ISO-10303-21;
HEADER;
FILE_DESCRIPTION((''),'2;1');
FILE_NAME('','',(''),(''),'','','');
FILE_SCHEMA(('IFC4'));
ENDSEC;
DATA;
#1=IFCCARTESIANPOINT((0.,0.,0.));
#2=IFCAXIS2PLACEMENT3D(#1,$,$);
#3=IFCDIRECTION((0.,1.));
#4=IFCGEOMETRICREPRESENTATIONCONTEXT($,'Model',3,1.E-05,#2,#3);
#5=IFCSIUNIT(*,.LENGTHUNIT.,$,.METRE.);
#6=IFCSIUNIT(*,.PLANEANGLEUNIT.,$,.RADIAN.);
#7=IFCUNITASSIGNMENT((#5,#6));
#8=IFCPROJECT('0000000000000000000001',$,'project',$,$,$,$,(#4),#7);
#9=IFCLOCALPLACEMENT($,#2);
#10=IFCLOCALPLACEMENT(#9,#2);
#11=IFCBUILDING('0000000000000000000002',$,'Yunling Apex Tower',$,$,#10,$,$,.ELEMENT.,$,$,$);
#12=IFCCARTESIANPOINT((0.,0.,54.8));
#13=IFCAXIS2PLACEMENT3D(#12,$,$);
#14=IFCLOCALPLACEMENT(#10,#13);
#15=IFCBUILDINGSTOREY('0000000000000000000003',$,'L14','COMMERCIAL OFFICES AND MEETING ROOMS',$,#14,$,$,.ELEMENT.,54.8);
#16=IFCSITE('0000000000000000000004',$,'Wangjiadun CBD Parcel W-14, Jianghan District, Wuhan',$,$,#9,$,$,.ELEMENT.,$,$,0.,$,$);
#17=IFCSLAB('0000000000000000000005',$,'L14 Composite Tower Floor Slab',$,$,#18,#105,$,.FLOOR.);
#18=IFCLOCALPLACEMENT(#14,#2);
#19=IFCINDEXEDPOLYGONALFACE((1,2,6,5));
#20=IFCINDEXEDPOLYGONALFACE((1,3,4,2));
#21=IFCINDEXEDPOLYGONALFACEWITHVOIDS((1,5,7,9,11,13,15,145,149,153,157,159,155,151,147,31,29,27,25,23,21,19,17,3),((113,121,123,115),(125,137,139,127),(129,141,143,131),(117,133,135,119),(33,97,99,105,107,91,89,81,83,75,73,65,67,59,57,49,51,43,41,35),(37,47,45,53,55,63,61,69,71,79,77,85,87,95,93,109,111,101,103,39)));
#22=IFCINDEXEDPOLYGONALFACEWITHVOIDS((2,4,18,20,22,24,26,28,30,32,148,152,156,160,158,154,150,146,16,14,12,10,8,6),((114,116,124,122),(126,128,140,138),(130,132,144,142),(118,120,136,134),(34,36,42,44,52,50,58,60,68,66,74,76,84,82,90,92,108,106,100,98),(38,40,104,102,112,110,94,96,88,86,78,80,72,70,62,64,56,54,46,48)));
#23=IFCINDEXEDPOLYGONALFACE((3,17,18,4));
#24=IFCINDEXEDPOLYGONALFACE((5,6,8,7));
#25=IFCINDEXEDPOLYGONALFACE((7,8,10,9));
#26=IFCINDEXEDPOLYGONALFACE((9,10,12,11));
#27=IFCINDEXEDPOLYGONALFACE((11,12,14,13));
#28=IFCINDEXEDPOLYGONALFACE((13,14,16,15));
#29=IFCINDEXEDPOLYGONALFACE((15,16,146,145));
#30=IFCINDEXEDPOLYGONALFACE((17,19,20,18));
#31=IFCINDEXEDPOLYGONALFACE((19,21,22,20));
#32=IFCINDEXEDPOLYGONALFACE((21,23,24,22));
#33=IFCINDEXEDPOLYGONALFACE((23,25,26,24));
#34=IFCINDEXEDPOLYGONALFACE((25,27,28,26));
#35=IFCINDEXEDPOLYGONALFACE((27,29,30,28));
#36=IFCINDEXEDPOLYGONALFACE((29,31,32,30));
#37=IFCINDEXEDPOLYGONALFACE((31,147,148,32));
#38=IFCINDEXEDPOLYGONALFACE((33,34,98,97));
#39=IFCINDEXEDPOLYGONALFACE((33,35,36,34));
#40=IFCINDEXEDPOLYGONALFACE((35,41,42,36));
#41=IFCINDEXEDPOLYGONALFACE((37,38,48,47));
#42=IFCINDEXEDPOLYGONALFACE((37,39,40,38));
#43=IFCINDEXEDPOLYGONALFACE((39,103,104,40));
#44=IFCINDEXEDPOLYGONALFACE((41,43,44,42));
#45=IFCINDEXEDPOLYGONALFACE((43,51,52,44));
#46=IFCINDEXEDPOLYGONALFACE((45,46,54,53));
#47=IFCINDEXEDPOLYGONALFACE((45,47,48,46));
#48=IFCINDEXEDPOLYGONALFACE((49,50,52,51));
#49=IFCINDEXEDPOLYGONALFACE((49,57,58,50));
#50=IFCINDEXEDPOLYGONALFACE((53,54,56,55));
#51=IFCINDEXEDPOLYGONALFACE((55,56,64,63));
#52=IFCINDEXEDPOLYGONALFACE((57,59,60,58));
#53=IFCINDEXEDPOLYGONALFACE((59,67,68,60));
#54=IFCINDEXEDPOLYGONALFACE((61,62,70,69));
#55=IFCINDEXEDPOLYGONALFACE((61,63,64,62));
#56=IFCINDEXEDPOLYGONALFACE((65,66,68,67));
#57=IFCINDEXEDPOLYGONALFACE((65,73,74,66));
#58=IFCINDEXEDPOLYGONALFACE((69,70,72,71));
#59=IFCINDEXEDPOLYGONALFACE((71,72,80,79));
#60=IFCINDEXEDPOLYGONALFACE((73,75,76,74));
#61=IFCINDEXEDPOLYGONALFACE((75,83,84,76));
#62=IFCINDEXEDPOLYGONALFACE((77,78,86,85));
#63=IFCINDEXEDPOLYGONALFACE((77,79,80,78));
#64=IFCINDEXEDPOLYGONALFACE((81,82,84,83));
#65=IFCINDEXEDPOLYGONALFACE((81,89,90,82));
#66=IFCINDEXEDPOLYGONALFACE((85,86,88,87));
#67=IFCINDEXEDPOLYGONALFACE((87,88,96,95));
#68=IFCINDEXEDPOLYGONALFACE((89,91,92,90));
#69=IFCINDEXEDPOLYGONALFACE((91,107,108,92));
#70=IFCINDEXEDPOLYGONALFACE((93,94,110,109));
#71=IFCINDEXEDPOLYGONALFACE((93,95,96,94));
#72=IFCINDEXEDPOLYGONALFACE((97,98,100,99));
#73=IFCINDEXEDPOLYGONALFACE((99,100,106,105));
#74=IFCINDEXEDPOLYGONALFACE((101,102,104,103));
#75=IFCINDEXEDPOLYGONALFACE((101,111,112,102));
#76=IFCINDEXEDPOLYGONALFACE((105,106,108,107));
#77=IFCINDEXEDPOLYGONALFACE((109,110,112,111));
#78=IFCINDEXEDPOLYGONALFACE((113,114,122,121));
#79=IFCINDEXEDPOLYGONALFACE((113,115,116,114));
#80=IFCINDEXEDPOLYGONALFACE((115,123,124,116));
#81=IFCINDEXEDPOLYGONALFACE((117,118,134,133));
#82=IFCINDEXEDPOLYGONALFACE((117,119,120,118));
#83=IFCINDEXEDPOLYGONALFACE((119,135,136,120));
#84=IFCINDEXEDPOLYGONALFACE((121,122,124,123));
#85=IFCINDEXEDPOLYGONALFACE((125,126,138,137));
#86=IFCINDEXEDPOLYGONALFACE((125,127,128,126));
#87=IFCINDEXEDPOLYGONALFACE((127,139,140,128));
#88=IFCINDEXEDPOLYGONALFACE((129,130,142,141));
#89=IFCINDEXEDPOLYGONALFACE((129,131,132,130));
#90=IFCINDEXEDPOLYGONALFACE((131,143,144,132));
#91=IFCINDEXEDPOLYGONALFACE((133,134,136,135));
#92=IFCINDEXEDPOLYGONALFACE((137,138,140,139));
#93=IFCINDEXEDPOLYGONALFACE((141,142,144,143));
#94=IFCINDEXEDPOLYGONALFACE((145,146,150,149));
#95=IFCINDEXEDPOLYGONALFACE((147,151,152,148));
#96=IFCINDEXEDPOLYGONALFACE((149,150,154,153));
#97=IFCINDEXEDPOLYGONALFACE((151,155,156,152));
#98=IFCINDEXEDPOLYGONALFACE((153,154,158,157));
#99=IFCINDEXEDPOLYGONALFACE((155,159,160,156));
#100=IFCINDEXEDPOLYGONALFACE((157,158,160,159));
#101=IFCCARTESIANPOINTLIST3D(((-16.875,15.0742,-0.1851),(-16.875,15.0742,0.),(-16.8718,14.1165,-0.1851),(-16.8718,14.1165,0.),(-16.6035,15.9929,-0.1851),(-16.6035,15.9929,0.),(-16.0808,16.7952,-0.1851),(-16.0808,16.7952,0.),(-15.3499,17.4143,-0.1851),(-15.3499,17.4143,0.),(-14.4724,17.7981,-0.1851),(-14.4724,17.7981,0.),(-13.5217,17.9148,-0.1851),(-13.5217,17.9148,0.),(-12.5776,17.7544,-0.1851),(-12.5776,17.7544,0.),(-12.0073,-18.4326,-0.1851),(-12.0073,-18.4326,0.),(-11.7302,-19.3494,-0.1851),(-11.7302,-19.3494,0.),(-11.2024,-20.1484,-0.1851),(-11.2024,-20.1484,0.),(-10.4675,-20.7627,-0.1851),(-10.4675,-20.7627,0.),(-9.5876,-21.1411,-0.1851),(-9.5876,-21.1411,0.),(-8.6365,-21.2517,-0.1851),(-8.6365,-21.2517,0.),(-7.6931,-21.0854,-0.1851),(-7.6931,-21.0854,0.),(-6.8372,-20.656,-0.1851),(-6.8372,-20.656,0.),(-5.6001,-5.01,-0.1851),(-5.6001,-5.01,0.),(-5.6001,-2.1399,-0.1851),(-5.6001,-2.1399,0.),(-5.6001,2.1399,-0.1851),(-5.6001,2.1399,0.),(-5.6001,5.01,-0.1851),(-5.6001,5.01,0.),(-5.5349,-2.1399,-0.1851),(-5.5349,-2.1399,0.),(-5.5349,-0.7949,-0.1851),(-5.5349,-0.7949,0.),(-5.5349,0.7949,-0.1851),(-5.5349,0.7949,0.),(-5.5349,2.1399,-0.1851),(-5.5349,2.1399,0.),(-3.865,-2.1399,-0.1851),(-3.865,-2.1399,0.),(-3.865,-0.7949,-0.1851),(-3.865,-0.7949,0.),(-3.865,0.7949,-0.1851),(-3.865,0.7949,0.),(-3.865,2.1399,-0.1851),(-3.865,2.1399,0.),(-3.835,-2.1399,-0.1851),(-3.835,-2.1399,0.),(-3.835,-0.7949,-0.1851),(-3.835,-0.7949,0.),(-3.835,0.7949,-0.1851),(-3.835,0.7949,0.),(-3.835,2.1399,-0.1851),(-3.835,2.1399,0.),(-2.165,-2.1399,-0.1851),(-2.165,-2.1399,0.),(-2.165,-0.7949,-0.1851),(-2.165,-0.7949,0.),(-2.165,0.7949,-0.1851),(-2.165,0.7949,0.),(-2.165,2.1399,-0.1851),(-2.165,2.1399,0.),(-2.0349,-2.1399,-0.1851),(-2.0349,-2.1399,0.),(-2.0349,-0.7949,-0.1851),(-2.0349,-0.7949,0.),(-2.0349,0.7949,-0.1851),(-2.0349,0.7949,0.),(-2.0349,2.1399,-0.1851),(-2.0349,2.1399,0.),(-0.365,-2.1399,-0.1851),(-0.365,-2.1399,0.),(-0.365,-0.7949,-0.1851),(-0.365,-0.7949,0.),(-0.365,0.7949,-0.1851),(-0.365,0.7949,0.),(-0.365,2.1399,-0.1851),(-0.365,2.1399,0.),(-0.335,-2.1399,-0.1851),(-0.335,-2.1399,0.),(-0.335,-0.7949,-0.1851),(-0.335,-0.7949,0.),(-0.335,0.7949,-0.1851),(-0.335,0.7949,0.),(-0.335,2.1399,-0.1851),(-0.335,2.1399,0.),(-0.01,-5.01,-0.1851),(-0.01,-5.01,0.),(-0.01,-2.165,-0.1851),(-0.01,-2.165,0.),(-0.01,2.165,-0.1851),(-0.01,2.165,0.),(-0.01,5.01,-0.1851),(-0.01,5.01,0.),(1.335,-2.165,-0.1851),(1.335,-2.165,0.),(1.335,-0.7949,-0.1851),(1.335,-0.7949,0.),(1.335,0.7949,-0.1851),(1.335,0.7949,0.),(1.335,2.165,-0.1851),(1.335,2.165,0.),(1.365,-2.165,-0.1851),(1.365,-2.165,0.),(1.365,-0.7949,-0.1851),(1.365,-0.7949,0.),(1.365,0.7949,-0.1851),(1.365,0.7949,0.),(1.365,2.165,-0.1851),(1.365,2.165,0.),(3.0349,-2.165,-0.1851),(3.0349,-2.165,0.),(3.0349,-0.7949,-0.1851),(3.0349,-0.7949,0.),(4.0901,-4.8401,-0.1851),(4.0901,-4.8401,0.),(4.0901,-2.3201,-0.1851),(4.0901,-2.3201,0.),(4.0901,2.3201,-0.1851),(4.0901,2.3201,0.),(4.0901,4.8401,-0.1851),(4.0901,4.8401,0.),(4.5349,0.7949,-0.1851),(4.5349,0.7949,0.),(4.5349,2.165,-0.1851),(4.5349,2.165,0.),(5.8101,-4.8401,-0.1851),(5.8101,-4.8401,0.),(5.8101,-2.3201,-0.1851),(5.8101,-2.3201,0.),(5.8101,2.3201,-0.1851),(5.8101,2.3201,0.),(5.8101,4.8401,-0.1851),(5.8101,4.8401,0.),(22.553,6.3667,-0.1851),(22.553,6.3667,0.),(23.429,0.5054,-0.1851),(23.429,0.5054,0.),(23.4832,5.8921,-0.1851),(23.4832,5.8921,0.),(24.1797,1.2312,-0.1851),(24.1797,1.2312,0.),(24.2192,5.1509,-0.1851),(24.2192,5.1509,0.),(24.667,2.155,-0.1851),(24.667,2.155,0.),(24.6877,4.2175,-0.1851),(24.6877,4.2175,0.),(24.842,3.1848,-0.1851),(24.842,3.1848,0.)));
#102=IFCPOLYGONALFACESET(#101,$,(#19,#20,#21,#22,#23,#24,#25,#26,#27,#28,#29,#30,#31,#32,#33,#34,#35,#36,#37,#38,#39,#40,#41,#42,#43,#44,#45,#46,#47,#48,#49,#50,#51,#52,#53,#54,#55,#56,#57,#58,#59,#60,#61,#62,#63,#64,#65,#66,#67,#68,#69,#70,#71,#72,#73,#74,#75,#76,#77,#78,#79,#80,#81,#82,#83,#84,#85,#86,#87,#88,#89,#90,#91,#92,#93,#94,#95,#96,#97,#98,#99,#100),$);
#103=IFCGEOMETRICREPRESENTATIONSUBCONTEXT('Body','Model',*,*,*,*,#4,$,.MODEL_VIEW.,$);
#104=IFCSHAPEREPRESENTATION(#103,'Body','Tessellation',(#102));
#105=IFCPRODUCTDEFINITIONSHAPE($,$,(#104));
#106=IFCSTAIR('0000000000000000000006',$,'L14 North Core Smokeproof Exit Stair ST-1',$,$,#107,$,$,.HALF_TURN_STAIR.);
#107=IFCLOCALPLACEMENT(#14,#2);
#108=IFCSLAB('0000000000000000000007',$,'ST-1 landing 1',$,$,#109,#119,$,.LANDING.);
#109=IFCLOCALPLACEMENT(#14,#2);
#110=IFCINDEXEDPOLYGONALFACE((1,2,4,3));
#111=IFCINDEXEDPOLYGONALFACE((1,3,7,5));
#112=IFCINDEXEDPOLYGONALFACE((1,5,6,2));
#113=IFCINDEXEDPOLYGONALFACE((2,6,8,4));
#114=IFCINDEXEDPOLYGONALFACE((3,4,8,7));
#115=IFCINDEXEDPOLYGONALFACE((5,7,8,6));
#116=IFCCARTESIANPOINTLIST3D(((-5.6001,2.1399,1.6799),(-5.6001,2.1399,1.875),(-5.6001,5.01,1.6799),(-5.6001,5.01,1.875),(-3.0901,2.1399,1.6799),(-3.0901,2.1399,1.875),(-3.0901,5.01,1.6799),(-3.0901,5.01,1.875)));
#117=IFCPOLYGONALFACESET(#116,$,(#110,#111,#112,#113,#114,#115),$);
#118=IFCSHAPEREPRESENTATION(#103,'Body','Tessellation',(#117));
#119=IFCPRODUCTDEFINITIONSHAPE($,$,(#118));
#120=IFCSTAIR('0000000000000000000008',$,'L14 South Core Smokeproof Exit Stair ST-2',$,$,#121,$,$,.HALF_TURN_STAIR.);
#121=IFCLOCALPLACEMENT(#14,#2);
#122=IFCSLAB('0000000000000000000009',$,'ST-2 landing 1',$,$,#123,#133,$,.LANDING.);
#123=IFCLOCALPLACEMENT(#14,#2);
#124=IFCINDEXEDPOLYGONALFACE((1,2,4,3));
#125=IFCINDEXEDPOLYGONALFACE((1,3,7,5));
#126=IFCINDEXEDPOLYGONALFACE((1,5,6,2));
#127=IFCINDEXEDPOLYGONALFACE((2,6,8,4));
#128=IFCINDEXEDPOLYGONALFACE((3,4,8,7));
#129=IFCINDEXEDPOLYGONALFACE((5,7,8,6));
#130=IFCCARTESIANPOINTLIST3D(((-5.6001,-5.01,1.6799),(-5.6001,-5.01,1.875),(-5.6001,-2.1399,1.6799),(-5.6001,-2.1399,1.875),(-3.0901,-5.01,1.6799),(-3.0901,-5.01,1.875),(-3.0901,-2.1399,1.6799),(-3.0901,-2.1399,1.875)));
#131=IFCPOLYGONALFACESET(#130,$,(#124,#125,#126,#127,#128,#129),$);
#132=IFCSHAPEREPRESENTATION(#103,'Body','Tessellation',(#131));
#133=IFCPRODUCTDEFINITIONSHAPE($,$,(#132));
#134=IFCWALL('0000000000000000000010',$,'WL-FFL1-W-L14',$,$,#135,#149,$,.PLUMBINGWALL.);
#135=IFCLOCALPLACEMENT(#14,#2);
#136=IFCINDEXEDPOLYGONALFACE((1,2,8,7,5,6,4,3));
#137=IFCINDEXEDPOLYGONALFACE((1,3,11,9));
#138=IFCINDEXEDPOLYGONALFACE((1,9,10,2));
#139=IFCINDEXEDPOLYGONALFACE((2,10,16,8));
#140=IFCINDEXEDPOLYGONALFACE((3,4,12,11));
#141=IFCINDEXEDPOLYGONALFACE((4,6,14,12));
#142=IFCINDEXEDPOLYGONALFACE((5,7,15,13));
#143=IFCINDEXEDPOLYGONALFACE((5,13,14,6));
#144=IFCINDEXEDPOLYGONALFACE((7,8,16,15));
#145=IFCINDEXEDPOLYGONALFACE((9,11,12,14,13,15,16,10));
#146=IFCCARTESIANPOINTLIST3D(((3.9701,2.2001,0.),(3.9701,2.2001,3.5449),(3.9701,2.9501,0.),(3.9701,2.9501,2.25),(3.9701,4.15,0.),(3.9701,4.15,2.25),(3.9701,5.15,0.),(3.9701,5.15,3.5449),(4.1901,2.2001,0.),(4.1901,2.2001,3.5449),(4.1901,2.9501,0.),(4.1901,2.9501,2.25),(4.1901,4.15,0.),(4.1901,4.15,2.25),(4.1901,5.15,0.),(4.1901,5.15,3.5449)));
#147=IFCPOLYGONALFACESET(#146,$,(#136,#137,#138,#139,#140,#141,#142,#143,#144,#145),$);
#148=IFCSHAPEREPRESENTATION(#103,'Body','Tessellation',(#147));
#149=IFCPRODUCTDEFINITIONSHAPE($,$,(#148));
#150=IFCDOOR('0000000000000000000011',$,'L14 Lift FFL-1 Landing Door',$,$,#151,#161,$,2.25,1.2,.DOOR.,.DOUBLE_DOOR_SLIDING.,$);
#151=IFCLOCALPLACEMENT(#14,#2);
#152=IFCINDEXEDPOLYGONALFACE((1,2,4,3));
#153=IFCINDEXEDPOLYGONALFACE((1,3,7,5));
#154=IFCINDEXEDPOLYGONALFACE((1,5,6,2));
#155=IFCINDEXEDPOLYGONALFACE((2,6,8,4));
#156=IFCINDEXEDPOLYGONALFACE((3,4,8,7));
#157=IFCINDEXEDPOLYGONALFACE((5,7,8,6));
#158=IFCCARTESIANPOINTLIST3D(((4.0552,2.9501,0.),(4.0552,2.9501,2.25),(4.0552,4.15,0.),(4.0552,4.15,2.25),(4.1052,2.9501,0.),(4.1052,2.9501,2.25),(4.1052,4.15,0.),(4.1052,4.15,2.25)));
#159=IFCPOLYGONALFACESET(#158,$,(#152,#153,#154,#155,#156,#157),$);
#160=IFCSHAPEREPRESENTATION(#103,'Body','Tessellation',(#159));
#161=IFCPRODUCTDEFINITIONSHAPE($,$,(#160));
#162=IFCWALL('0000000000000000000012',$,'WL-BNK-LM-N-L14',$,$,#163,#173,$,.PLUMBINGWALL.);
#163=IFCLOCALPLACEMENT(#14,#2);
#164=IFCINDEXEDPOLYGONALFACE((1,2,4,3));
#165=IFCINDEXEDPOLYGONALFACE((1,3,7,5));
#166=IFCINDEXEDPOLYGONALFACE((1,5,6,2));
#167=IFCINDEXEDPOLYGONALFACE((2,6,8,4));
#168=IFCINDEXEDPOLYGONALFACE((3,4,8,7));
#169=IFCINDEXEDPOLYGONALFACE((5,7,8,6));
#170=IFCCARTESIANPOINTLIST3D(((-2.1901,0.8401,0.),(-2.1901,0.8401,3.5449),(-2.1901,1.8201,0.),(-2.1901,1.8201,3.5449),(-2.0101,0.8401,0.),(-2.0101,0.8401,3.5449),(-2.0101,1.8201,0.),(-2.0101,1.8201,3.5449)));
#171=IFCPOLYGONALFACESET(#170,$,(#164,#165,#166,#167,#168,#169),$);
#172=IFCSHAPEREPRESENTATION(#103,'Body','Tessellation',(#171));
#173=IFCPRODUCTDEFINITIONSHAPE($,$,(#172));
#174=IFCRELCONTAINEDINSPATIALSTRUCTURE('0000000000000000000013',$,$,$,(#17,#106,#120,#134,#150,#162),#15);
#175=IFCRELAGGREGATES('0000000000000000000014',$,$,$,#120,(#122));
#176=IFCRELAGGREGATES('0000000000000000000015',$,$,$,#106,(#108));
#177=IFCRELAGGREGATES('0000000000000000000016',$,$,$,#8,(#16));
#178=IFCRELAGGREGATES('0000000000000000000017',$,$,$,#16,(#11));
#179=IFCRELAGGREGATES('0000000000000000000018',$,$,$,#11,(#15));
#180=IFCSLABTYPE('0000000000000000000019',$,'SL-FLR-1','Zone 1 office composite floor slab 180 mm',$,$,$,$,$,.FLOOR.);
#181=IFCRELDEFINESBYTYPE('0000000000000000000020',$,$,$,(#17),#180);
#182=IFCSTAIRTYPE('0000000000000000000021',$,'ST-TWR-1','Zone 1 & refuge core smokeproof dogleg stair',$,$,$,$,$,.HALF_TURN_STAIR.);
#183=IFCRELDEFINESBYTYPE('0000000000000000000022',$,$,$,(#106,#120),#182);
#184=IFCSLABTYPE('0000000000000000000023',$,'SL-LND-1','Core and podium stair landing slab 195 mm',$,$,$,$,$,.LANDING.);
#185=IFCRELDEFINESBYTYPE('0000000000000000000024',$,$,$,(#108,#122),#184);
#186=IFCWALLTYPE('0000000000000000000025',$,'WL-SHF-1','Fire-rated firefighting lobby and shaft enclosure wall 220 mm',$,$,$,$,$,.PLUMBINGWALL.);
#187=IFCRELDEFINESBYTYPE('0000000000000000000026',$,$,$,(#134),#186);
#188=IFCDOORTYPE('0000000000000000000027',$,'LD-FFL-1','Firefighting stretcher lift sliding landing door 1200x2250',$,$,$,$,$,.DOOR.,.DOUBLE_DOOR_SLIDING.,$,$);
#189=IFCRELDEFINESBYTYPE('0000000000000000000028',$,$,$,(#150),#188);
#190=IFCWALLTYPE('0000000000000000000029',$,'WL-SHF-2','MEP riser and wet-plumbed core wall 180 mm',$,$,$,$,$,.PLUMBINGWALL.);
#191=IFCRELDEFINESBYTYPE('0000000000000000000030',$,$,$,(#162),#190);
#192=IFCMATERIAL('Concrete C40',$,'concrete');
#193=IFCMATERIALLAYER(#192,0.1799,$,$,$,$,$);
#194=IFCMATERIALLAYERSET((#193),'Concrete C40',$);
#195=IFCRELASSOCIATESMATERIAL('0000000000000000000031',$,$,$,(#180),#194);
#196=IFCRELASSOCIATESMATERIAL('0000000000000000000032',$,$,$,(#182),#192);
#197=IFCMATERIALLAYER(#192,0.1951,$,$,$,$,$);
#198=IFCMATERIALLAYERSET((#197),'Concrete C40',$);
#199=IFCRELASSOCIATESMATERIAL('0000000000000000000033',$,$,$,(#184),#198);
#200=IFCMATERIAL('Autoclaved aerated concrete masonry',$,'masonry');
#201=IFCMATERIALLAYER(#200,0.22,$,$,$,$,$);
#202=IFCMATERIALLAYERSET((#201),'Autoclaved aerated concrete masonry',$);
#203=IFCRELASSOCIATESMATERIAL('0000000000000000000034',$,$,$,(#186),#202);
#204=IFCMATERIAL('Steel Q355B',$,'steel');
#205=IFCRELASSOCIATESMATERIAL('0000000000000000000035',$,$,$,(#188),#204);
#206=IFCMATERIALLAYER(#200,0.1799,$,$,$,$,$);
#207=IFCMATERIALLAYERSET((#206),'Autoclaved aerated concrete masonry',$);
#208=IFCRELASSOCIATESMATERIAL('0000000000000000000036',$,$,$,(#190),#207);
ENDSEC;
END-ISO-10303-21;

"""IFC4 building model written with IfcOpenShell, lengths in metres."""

from ifc_helpers import new_model, si_unit, direction, frame, frame_2d, origin, place, context, subcontext, project, spatial, polyline, rectangle, outline, extrude, material, layer, layer_set, type_object, element, fill, aggregate, save


model = new_model("IFC4")

# Units and contexts
model_context = context("Model", 3, precision=1e-05, world=origin(), true_north=direction((0.0, 1.0)))
body_context = subcontext(model_context, "Body", "Model", "MODEL_VIEW")
ifc_project = project(units=[si_unit("LENGTHUNIT", "METRE"), si_unit("PLANEANGLEUNIT", "RADIAN")], contexts=[model_context])

# Site, building, storey
site_placement = place(None, origin())
site = spatial("IfcSite", under=ifc_project, at=site_placement, Name="Wangjiadun CBD Parcel W-14, Jianghan District, Wuhan", CompositionType="ELEMENT", RefElevation=0.0)
building_placement = place(site_placement, origin())
building = spatial("IfcBuilding", under=site, at=building_placement, Name="Yunling Apex Tower", CompositionType="ELEMENT")
storey_placement = place(building_placement, frame((0.0, 0.0, 54.8)))
storey = spatial("IfcBuildingStorey", under=building, at=storey_placement, Name="L14", Description="COMMERCIAL OFFICES AND MEETING ROOMS", CompositionType="ELEMENT", Elevation=54.8)

# Slab
ifc_material_1 = material(Name="Concrete C40", Category="concrete")
ifc_layer_1 = layer(ifc_material_1, 0.1799)
ifc_layer_set_1 = layer_set([ifc_layer_1], Name="Concrete C40")
slab_type_1 = type_object("IfcSlabType", Name="SL-FLR-1", Description="Zone 1 office composite floor slab 180 mm", PredefinedType="FLOOR", material=ifc_layer_set_1)
slab_1_placement = place(storey_placement, frame((0.0, 0.0, -0.1851)))
element("IfcSlab", 1, at=slab_1_placement, inside=storey, type_object=slab_type_1, Name="L14 Composite Tower Floor Slab", PredefinedType="FLOOR", context=body_context, shape_type="SweptSolid", body=[
    extrude(outline(polyline([(-12.0073, -18.4326), (-11.7302, -19.3494), (-11.2024, -20.1484), (-10.4675, -20.7627), (-9.5876, -21.1411), (-8.6365, -21.2517), (-7.6931, -21.0854), (-6.8372, -20.656), (23.429, 0.5054), (24.1797, 1.2312), (24.667, 2.155), (24.842, 3.1848), (24.6877, 4.2175), (24.2192, 5.1509), (23.4832, 5.8921), (22.553, 6.3667), (-12.5776, 17.7544), (-13.5217, 17.9148), (-14.4724, 17.7981), (-15.3499, 17.4143), (-16.0808, 16.7952), (-16.6035, 15.9929), (-16.875, 15.0742), (-16.8718, 14.1165), (-12.0073, -18.4326)]), holes=[polyline([(5.8101, -2.3201), (5.8101, -4.8401), (4.0901, -4.8401), (4.0901, -2.3201), (5.8101, -2.3201)]), polyline([(5.8101, 4.8401), (5.8101, 2.3201), (4.0901, 2.3201), (4.0901, 4.8401), (5.8101, 4.8401)]), polyline([(1.365, 2.165), (4.5349, 2.165), (4.5349, 0.7949), (1.365, 0.7949), (1.365, 2.165)]), polyline([(3.0349, -0.7949), (3.0349, -2.165), (1.365, -2.165), (1.365, -0.7949), (3.0349, -0.7949)]), polyline([(-5.5349, -0.7949), (-3.865, -0.7949), (-3.865, -2.1399), (-3.835, -2.1399), (-3.835, -0.7949), (-2.165, -0.7949), (-2.165, -2.1399), (-2.0349, -2.1399), (-2.0349, -0.7949), (-0.365, -0.7949), (-0.365, -2.1399), (-0.335, -2.1399), (-0.335, -0.7949), (1.335, -0.7949), (1.335, -2.165), (-0.01, -2.165), (-0.01, -5.01), (-5.6001, -5.01), (-5.6001, -2.1399), (-5.5349, -2.1399), (-5.5349, -0.7949)]), polyline([(-5.6001, 2.1399), (-5.6001, 5.01), (-0.01, 5.01), (-0.01, 2.165), (1.335, 2.165), (1.335, 0.7949), (-0.335, 0.7949), (-0.335, 2.1399), (-0.365, 2.1399), (-0.365, 0.7949), (-2.0349, 0.7949), (-2.0349, 2.1399), (-2.165, 2.1399), (-2.165, 0.7949), (-3.835, 0.7949), (-3.835, 2.1399), (-3.865, 2.1399), (-3.865, 0.7949), (-5.5349, 0.7949), (-5.5349, 2.1399), (-5.6001, 2.1399)])]), origin(), (0.0, 0.0, 1.0), 0.1851),
])

# Stairs, slabs
stair_type = type_object("IfcStairType", Name="ST-TWR-1", Description="Zone 1 & refuge core smokeproof dogleg stair", PredefinedType="HALF_TURN_STAIR", material=ifc_material_1)
stair_1_placement = place(storey_placement, origin())
stair_1 = element("IfcStair", 2, at=stair_1_placement, inside=storey, type_object=stair_type, Name="L14 North Core Smokeproof Exit Stair ST-1", PredefinedType="HALF_TURN_STAIR")
ifc_layer_2 = layer(ifc_material_1, 0.1951)
ifc_layer_set_2 = layer_set([ifc_layer_2], Name="Concrete C40")
slab_type_2 = type_object("IfcSlabType", Name="SL-LND-1", Description="Core and podium stair landing slab 195 mm", PredefinedType="LANDING", material=ifc_layer_set_2)
slab_2_placement = place(storey_placement, frame((0.0, 0.0, 1.6799)))
slab_2 = element("IfcSlab", 3, at=slab_2_placement, type_object=slab_type_2, Name="ST-1 landing 1", PredefinedType="LANDING", context=body_context, shape_type="SweptSolid", body=[
    extrude(outline(polyline([(-3.0901, 5.01), (-5.6001, 5.01), (-5.6001, 2.1399), (-3.0901, 2.1399), (-3.0901, 5.01)])), origin(), (0.0, 0.0, 1.0), 0.1951),
])
stair_2_placement = place(storey_placement, origin())
stair_2 = element("IfcStair", 4, at=stair_2_placement, inside=storey, type_object=stair_type, Name="L14 South Core Smokeproof Exit Stair ST-2", PredefinedType="HALF_TURN_STAIR")
slab_3_placement = place(storey_placement, frame((0.0, 0.0, 1.6799)))
slab_3 = element("IfcSlab", 5, at=slab_3_placement, type_object=slab_type_2, Name="ST-2 landing 1", PredefinedType="LANDING", context=body_context, shape_type="SweptSolid", body=[
    extrude(outline(polyline([(-3.0901, -2.1399), (-5.6001, -2.1399), (-5.6001, -5.01), (-3.0901, -5.01), (-3.0901, -2.1399)])), origin(), (0.0, 0.0, 1.0), 0.1951),
])
aggregate(stair_2, [slab_3])

# Wall, opening, door
ifc_material_2 = material(Name="Autoclaved aerated concrete masonry", Category="masonry")
ifc_layer_3 = layer(ifc_material_2, 0.22)
ifc_layer_set_3 = layer_set([ifc_layer_3], Name="Autoclaved aerated concrete masonry")
wall_type_1 = type_object("IfcWallType", Name="WL-SHF-1", Description="Fire-rated firefighting lobby and shaft enclosure wall 220 mm", PredefinedType="PLUMBINGWALL", material=ifc_layer_set_3)
ifc_material_3 = material(Name="Steel Q355B", Category="steel")
wall_1_placement = place(storey_placement, frame((4.0801, 2.2, 0.0), z_axis=(0.0, 0.0, 1.0), x_axis=(0.0, 1.0, 0.0)))
wall_1 = element("IfcWall", 6, at=wall_1_placement, inside=storey, type_object=wall_type_1, Name="WL-FFL1-W-L14", PredefinedType="PLUMBINGWALL", context=body_context, shape_type="SweptSolid", body=[
    extrude(rectangle(XDim=2.95, YDim=0.22, at=frame_2d((1.4751, 0.0))), origin(), (0.0, 0.0, 1.0), 3.5449),
])
opening_1_placement = place(wall_1_placement, frame((0.75, 0.0, 0.0)))
opening_1 = element("IfcOpeningElement", 7, at=opening_1_placement, cuts=wall_1, PredefinedType="OPENING", context=body_context, shape_type="SweptSolid", body=[
    extrude(rectangle(XDim=1.2, YDim=2.25, at=frame_2d((0.6001, 1.125))), frame((0.0, 0.1201, 0.0), z_axis=(0.0, -1.0, 0.0), x_axis=(1.0, 0.0, 0.0)), (0.0, 0.0, 1.0), 0.24),
])
door_type_1 = type_object("IfcDoorType", Name="LD-FFL-1", Description="Firefighting stretcher lift sliding landing door 1200x2250", OperationType="DOUBLE_DOOR_SLIDING", PredefinedType="DOOR", material=ifc_material_3)
door_1_placement = place(opening_1_placement, origin())
door_1 = element("IfcDoor", 8, at=door_1_placement, inside=storey, type_object=door_type_1, Name="L14 Lift FFL-1 Landing Door", OperationType="DOUBLE_DOOR_SLIDING", OverallHeight=2.25, OverallWidth=1.2, PredefinedType="DOOR", context=body_context, shape_type="SweptSolid", body=[
    extrude(rectangle(XDim=1.2, YDim=2.25, at=frame_2d((0.6001, 1.125))), frame((0.0, 0.0249, 0.0), z_axis=(0.0, -1.0, 0.0), x_axis=(1.0, 0.0, 0.0)), (0.0, 0.0, 1.0), 0.05),
])
fill(opening_1, door_1)

# Wall
ifc_layer_4 = layer(ifc_material_2, 0.1799)
ifc_layer_set_4 = layer_set([ifc_layer_4], Name="Autoclaved aerated concrete masonry")
wall_type_2 = type_object("IfcWallType", Name="WL-SHF-2", Description="MEP riser and wet-plumbed core wall 180 mm", PredefinedType="PLUMBINGWALL", material=ifc_layer_set_4)
for number, where, z_axis, x_axis, name in (
    (9, (-2.1001, 0.8401, 0.0), (0.0, 0.0, 1.0), (0.0, 1.0, 0.0), "WL-BNK-LM-N-L14"),
):
    element("IfcWall", number, at=place(storey_placement, frame(where, z_axis=z_axis, x_axis=x_axis)), inside=storey, type_object=wall_type_2, Name=name, PredefinedType="PLUMBINGWALL", context=body_context, shape_type="SweptSolid", body=[
        extrude(rectangle(XDim=0.98, YDim=0.1799, at=frame_2d((0.49, 0.0))), origin(), (0.0, 0.0, 1.0), 3.5449),
    ])

aggregate(stair_1, [slab_2])

save(model, "model.ifc")
